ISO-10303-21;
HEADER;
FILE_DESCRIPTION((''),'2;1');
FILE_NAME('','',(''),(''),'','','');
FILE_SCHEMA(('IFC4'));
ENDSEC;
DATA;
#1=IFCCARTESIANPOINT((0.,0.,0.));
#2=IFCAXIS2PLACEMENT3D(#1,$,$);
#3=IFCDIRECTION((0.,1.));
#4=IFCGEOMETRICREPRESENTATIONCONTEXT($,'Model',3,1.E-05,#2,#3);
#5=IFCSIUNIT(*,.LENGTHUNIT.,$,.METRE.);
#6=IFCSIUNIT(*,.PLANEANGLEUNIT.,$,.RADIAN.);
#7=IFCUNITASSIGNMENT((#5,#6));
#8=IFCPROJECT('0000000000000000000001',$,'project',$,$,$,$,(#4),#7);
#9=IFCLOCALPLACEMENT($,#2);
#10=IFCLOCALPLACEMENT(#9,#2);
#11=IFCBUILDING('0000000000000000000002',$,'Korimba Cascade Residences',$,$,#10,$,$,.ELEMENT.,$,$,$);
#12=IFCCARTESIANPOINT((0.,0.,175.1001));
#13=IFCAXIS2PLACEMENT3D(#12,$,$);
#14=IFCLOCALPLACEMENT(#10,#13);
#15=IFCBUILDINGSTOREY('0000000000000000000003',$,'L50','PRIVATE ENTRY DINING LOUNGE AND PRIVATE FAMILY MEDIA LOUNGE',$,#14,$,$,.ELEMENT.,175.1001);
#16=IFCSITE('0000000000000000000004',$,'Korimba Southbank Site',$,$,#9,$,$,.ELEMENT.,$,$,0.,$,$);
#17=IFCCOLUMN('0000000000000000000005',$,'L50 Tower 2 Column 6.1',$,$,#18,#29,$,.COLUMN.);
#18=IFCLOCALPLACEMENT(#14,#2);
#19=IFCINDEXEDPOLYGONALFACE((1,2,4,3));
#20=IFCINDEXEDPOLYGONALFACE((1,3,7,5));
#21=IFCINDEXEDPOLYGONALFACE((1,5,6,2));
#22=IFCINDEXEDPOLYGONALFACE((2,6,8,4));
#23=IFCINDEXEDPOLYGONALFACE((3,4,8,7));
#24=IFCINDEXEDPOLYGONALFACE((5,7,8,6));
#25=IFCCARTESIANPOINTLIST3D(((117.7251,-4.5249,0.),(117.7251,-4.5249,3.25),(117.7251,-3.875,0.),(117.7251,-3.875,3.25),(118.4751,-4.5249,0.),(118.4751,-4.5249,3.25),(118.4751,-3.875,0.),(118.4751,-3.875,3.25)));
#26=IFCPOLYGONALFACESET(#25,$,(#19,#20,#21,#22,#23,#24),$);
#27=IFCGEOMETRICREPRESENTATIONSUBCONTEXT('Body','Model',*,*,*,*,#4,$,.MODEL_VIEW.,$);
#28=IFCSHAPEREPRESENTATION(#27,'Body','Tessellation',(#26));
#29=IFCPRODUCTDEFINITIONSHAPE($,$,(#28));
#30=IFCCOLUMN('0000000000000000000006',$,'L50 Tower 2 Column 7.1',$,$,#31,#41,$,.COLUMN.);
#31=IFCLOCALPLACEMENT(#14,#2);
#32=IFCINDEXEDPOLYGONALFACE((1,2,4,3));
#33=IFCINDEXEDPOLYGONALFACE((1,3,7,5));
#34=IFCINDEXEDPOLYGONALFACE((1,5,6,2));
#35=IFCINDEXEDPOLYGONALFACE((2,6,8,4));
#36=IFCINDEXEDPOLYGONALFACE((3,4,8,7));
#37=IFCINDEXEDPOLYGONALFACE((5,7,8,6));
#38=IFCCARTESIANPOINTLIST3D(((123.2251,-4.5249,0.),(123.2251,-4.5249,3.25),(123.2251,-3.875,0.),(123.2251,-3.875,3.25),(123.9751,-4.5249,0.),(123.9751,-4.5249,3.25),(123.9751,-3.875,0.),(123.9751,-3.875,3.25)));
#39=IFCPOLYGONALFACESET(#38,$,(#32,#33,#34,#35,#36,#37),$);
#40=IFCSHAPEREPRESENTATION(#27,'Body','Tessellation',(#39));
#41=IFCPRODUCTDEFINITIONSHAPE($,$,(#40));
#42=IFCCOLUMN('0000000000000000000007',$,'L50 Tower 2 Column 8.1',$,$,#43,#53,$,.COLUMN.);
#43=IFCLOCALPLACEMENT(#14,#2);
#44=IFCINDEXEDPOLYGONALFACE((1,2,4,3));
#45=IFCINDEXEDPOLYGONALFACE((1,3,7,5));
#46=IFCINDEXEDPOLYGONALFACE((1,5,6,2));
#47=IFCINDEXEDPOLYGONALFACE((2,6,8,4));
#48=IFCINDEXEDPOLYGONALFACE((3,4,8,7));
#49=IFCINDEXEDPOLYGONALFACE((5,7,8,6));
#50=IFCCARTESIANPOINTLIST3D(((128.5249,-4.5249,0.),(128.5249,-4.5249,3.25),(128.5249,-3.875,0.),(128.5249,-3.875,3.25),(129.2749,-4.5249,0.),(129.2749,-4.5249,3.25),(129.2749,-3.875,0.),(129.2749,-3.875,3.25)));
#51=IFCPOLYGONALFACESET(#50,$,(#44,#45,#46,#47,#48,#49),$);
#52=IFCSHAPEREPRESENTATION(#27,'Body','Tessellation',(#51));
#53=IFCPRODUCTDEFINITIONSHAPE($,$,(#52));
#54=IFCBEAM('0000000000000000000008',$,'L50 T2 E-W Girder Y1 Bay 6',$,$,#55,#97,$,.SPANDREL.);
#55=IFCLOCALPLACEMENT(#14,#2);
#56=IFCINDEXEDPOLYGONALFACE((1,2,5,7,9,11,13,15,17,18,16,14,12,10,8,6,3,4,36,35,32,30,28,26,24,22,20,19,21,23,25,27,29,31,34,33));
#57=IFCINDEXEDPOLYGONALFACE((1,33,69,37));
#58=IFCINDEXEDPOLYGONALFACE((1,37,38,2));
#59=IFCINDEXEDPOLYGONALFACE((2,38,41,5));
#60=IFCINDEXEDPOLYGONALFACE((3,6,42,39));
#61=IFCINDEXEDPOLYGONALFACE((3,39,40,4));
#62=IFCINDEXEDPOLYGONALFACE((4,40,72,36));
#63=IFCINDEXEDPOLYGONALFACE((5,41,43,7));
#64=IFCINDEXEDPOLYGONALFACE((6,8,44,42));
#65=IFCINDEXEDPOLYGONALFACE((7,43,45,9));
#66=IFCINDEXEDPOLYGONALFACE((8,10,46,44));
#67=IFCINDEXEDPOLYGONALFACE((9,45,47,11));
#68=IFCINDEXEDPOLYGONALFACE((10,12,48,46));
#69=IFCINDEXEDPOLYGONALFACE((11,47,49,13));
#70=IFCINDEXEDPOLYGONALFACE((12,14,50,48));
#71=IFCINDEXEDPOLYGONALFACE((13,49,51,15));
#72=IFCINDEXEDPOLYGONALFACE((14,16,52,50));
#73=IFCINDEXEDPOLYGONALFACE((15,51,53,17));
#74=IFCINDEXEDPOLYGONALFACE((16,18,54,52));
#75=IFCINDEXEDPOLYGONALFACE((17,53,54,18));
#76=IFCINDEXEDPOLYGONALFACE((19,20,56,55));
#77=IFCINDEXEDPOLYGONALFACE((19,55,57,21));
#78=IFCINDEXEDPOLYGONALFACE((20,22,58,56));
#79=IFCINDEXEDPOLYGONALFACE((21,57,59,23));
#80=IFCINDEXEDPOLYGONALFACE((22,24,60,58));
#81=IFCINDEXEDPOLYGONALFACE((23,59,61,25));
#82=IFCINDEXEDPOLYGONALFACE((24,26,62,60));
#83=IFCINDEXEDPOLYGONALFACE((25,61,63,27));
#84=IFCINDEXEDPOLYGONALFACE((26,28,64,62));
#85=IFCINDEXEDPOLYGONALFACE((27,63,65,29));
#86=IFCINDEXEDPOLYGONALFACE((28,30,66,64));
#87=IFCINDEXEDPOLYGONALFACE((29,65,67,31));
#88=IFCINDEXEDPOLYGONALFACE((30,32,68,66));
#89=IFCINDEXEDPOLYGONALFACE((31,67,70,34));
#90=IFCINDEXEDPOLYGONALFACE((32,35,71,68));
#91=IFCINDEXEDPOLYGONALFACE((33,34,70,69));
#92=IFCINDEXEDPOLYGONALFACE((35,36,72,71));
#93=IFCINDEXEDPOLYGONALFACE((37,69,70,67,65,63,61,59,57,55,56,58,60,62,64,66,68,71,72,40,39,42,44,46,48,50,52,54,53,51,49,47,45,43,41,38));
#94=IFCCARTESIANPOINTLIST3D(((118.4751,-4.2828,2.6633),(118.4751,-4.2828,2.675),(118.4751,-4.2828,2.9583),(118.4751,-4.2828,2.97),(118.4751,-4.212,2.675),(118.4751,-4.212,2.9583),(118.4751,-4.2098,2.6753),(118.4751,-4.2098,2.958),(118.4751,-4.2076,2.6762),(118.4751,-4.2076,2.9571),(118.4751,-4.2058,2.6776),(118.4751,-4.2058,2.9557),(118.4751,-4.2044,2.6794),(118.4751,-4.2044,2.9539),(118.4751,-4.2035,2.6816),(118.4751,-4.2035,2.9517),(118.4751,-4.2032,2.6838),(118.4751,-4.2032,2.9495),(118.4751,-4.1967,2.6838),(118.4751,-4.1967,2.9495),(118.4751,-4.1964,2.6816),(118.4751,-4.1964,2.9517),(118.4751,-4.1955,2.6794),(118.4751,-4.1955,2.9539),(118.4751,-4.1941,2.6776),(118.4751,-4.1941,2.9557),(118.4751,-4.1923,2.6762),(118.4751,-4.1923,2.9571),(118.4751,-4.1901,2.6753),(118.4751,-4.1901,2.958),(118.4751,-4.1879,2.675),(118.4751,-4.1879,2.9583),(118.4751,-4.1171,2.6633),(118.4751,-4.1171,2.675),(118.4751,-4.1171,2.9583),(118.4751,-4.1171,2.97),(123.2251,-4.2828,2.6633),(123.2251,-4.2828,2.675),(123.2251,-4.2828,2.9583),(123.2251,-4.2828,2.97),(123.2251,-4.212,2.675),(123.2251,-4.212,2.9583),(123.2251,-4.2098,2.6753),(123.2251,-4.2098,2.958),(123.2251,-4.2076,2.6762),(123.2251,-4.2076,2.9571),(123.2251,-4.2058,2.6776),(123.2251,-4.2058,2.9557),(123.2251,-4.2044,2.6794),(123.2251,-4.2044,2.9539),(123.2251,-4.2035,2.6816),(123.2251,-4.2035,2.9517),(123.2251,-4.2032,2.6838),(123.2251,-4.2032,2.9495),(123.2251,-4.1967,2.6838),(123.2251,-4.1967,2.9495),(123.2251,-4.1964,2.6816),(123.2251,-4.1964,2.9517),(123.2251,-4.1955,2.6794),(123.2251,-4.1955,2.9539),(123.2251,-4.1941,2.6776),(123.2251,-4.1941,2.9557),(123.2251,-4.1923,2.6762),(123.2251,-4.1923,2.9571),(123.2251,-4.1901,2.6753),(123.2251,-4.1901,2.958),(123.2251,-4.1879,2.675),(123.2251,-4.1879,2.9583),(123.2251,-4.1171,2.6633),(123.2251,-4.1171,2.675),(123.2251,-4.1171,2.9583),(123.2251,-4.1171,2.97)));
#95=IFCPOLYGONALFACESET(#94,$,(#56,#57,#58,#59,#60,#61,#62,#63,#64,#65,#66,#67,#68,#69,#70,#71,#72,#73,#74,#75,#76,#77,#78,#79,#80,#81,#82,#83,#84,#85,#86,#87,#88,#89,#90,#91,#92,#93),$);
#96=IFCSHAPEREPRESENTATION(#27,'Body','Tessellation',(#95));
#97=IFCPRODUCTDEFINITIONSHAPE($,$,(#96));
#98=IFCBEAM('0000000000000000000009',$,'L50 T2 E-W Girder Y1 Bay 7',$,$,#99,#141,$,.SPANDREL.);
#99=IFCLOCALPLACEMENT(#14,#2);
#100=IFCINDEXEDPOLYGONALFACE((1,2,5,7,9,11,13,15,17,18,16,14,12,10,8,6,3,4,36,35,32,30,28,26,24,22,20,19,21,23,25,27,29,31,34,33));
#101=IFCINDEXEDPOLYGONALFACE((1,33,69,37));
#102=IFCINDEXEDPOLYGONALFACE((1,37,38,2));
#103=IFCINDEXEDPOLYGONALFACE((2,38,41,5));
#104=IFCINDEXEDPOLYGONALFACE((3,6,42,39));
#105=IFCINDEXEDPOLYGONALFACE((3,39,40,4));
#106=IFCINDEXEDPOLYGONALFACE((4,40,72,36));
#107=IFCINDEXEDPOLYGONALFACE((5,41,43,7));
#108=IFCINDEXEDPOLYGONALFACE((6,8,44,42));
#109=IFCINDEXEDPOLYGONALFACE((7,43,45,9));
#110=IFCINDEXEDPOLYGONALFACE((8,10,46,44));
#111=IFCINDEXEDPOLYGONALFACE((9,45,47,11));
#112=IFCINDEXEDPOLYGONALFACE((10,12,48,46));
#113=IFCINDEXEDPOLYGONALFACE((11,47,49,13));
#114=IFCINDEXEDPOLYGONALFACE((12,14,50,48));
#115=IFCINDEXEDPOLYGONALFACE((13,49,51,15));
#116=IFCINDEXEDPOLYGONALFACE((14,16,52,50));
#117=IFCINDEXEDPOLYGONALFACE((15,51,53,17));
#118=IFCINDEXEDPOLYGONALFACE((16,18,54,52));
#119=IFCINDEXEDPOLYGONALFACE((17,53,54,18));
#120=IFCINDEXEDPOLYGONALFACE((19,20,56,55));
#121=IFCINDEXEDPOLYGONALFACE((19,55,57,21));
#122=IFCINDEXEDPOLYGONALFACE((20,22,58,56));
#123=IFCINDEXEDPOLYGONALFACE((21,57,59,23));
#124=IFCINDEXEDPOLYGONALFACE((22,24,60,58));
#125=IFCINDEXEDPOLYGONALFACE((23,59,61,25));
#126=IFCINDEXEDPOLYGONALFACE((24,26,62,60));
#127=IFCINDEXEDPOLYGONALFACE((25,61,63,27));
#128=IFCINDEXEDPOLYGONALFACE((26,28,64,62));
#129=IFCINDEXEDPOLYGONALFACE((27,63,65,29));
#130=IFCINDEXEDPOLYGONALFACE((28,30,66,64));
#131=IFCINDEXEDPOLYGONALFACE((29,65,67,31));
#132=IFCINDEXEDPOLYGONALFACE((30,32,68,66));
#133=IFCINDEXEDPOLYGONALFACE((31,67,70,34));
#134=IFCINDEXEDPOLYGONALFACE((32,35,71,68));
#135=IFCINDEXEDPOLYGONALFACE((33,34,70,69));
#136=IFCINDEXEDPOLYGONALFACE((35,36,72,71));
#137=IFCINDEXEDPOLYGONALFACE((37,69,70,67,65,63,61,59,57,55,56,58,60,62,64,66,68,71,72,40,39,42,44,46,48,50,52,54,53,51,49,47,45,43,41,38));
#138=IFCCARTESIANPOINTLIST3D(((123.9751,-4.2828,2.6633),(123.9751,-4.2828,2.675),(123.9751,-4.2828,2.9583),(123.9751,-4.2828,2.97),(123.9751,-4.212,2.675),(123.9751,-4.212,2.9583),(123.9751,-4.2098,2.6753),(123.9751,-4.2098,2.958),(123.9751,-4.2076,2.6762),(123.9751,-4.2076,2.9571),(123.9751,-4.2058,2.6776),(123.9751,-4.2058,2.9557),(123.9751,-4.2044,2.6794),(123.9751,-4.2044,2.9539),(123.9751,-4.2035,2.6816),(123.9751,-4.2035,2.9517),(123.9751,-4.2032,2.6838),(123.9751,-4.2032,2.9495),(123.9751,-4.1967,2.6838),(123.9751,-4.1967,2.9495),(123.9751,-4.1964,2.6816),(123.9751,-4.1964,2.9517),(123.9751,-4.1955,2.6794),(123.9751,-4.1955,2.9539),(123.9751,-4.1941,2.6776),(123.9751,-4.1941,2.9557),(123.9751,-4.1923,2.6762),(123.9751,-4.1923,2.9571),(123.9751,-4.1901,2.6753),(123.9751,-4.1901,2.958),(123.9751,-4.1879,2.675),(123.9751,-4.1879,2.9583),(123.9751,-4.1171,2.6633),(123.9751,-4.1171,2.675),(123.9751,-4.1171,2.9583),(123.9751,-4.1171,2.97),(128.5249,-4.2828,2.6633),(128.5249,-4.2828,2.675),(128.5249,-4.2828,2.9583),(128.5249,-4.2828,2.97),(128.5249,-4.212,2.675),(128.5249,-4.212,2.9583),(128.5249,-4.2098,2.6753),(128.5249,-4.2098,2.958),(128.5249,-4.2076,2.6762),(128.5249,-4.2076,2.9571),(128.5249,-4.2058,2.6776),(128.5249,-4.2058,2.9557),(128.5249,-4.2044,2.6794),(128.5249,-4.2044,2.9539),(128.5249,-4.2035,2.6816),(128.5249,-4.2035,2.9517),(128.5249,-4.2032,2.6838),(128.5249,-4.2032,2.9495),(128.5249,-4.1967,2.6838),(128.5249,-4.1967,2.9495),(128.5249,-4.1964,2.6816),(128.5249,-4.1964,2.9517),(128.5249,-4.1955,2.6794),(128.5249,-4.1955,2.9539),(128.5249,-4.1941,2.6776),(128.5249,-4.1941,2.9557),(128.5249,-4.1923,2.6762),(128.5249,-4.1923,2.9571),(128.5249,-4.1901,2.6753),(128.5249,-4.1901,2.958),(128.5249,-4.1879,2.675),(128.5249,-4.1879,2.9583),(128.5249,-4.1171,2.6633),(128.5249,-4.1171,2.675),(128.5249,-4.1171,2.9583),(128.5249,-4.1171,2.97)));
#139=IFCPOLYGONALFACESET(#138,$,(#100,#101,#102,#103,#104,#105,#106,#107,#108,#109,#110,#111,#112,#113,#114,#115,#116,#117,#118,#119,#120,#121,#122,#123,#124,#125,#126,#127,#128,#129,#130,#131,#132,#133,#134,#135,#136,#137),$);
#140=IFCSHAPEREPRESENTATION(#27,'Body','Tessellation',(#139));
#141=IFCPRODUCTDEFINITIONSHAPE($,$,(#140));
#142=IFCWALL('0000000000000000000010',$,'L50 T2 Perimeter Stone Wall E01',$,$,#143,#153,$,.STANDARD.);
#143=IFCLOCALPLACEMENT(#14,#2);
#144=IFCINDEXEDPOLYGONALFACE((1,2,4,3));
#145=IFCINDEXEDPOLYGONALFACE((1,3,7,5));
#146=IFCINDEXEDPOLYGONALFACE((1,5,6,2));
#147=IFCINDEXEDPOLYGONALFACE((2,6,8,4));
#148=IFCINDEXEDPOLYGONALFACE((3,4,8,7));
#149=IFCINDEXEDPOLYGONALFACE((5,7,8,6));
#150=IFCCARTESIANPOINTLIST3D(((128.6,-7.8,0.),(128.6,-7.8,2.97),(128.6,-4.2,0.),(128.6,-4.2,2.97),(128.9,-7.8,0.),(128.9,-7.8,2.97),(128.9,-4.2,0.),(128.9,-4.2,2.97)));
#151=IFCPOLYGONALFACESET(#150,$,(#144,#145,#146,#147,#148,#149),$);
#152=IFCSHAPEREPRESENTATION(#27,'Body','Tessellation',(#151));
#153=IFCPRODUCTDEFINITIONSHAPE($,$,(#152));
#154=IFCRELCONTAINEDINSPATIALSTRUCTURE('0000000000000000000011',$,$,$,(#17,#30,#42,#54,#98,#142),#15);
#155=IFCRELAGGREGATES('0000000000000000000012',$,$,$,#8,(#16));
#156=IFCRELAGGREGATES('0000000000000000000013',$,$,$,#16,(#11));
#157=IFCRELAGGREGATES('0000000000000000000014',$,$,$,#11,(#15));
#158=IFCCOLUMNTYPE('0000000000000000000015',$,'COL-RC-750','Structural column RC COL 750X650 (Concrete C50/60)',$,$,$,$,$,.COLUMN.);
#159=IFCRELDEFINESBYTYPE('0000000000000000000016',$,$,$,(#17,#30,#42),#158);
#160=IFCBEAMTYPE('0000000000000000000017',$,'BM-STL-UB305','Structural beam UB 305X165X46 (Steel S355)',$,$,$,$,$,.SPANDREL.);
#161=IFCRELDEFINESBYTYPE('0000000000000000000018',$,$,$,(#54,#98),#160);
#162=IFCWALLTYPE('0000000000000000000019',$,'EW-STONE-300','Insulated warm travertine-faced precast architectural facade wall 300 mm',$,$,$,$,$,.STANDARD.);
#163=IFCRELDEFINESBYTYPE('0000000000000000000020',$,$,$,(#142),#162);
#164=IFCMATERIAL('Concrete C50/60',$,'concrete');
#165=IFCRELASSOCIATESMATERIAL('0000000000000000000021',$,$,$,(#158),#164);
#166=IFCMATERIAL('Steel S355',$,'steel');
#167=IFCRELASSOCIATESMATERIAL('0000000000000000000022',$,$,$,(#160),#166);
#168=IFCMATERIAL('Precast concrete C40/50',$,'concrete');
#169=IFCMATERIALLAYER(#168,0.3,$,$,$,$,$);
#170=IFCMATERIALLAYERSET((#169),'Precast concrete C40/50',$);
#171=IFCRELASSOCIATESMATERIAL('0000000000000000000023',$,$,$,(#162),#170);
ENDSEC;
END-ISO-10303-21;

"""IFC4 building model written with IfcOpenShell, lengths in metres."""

from ifc_helpers import new_model, si_unit, direction, frame, frame_2d, origin, origin_2d, place, context, subcontext, project, spatial, rectangle, i_section, extrude, material, layer, layer_set, material_profile, profile_set, type_object, element, save


model = new_model("IFC4")

# Units and contexts
model_context = context("Model", 3, precision=1e-05, world=origin(), true_north=direction((0.0, 1.0)))
body_context = subcontext(model_context, "Body", "Model", "MODEL_VIEW")
ifc_project = project(units=[si_unit("LENGTHUNIT", "METRE"), si_unit("PLANEANGLEUNIT", "RADIAN")], contexts=[model_context])

# Site, building, storey
site_placement = place(None, origin())
site = spatial("IfcSite", under=ifc_project, at=site_placement, Name="Korimba Southbank Site", CompositionType="ELEMENT", RefElevation=0.0)
building_placement = place(site_placement, origin())
building = spatial("IfcBuilding", under=site, at=building_placement, Name="Korimba Cascade Residences", CompositionType="ELEMENT")
storey_placement = place(building_placement, frame((0.0, 0.0, 175.1001)))
storey = spatial("IfcBuildingStorey", under=building, at=storey_placement, Name="L50", Description="PRIVATE ENTRY DINING LOUNGE AND PRIVATE FAMILY MEDIA LOUNGE", CompositionType="ELEMENT", Elevation=175.1001)

# Columns
ifc_material_1 = material(Name="Concrete C50/60", Category="concrete")
ifc_material_profile_1 = material_profile(ifc_material_1, rectangle(XDim=0.75, YDim=0.6499, at=origin_2d()), Name="Concrete C50/60")
ifc_profile_set_1 = profile_set([ifc_material_profile_1], Name="Concrete C50/60")
column_type = type_object("IfcColumnType", Name="COL-RC-750", Description="Structural column RC COL 750X650 (Concrete C50/60)", PredefinedType="COLUMN", material=ifc_profile_set_1)
for number, where, z_axis, x_axis, name in (
    (1, (118.1001, -4.2, 0.0), (0.0, 0.0, 1.0), (1.0, 0.0, 0.0), "L50 Tower 2 Column 6.1"),
    (2, (123.6001, -4.2, 0.0), (0.0, 0.0, 1.0), (1.0, 0.0, 0.0), "L50 Tower 2 Column 7.1"),
    (3, (128.8999, -4.2, 0.0), (0.0, 0.0, 1.0), (1.0, 0.0, 0.0), "L50 Tower 2 Column 8.1"),
):
    element("IfcColumn", number, at=place(storey_placement, frame(where, z_axis=z_axis, x_axis=x_axis)), inside=storey, type_object=column_type, Name=name, PredefinedType="COLUMN", context=body_context, shape_type="SweptSolid", body=[
        extrude(rectangle(XDim=0.75, YDim=0.6499, at=origin_2d()), origin(), (0.0, 0.0, 1.0), 3.25),
    ])

# Beams
ifc_material_2 = material(Name="Steel S355", Category="steel")
ifc_material_profile_2 = material_profile(ifc_material_2, i_section(OverallWidth=0.1658, OverallDepth=0.3066, WebThickness=0.0066, FlangeThickness=0.0117, FilletRadius=0.0088, at=origin_2d()), Name="Steel S355")
ifc_profile_set_2 = profile_set([ifc_material_profile_2], Name="Steel S355")
beam_type = type_object("IfcBeamType", Name="BM-STL-UB305", Description="Structural beam UB 305X165X46 (Steel S355)", PredefinedType="SPANDREL", material=ifc_profile_set_2)
beam_1_placement = place(storey_placement, frame((118.4751, -4.2, 2.8167), z_axis=(1.0, 0.0, 0.0), x_axis=(0.0, 1.0, 0.0)))
element("IfcBeam", 4, at=beam_1_placement, inside=storey, type_object=beam_type, Name="L50 T2 E-W Girder Y1 Bay 6", PredefinedType="SPANDREL", context=body_context, shape_type="SweptSolid", body=[
    extrude(i_section(OverallWidth=0.1658, OverallDepth=0.3066, WebThickness=0.0066, FlangeThickness=0.0117, FilletRadius=0.0088, at=origin_2d()), origin(), (0.0, 0.0, 1.0), 4.75),
])
beam_2_placement = place(storey_placement, frame((123.9751, -4.2, 2.8167), z_axis=(1.0, 0.0, 0.0), x_axis=(0.0, 1.0, 0.0)))
element("IfcBeam", 5, at=beam_2_placement, inside=storey, type_object=beam_type, Name="L50 T2 E-W Girder Y1 Bay 7", PredefinedType="SPANDREL", context=body_context, shape_type="SweptSolid", body=[
    extrude(i_section(OverallWidth=0.1658, OverallDepth=0.3066, WebThickness=0.0066, FlangeThickness=0.0117, FilletRadius=0.0088, at=origin_2d()), origin(), (0.0, 0.0, 1.0), 4.5498),
])

# Wall
ifc_material_3 = material(Name="Precast concrete C40/50", Category="concrete")
ifc_layer_1 = layer(ifc_material_3, 0.3)
ifc_layer_set_1 = layer_set([ifc_layer_1], Name="Precast concrete C40/50")
wall_type_1 = type_object("IfcWallType", Name="EW-STONE-300", Description="Insulated warm travertine-faced precast architectural facade wall 300 mm", PredefinedType="STANDARD", material=ifc_layer_set_1)
wall_1_placement = place(storey_placement, frame((128.75, -7.8, 0.0), z_axis=(0.0, 0.0, 1.0), x_axis=(0.0, 1.0, 0.0)))
element("IfcWall", 6, at=wall_1_placement, inside=storey, type_object=wall_type_1, Name="L50 T2 Perimeter Stone Wall E01", PredefinedType="STANDARD", context=body_context, shape_type="SweptSolid", body=[
    extrude(rectangle(XDim=3.6001, YDim=0.3, at=frame_2d((1.8, 0.0))), origin(), (0.0, 0.0, 1.0), 2.97),
])

save(model, "model.ifc")
